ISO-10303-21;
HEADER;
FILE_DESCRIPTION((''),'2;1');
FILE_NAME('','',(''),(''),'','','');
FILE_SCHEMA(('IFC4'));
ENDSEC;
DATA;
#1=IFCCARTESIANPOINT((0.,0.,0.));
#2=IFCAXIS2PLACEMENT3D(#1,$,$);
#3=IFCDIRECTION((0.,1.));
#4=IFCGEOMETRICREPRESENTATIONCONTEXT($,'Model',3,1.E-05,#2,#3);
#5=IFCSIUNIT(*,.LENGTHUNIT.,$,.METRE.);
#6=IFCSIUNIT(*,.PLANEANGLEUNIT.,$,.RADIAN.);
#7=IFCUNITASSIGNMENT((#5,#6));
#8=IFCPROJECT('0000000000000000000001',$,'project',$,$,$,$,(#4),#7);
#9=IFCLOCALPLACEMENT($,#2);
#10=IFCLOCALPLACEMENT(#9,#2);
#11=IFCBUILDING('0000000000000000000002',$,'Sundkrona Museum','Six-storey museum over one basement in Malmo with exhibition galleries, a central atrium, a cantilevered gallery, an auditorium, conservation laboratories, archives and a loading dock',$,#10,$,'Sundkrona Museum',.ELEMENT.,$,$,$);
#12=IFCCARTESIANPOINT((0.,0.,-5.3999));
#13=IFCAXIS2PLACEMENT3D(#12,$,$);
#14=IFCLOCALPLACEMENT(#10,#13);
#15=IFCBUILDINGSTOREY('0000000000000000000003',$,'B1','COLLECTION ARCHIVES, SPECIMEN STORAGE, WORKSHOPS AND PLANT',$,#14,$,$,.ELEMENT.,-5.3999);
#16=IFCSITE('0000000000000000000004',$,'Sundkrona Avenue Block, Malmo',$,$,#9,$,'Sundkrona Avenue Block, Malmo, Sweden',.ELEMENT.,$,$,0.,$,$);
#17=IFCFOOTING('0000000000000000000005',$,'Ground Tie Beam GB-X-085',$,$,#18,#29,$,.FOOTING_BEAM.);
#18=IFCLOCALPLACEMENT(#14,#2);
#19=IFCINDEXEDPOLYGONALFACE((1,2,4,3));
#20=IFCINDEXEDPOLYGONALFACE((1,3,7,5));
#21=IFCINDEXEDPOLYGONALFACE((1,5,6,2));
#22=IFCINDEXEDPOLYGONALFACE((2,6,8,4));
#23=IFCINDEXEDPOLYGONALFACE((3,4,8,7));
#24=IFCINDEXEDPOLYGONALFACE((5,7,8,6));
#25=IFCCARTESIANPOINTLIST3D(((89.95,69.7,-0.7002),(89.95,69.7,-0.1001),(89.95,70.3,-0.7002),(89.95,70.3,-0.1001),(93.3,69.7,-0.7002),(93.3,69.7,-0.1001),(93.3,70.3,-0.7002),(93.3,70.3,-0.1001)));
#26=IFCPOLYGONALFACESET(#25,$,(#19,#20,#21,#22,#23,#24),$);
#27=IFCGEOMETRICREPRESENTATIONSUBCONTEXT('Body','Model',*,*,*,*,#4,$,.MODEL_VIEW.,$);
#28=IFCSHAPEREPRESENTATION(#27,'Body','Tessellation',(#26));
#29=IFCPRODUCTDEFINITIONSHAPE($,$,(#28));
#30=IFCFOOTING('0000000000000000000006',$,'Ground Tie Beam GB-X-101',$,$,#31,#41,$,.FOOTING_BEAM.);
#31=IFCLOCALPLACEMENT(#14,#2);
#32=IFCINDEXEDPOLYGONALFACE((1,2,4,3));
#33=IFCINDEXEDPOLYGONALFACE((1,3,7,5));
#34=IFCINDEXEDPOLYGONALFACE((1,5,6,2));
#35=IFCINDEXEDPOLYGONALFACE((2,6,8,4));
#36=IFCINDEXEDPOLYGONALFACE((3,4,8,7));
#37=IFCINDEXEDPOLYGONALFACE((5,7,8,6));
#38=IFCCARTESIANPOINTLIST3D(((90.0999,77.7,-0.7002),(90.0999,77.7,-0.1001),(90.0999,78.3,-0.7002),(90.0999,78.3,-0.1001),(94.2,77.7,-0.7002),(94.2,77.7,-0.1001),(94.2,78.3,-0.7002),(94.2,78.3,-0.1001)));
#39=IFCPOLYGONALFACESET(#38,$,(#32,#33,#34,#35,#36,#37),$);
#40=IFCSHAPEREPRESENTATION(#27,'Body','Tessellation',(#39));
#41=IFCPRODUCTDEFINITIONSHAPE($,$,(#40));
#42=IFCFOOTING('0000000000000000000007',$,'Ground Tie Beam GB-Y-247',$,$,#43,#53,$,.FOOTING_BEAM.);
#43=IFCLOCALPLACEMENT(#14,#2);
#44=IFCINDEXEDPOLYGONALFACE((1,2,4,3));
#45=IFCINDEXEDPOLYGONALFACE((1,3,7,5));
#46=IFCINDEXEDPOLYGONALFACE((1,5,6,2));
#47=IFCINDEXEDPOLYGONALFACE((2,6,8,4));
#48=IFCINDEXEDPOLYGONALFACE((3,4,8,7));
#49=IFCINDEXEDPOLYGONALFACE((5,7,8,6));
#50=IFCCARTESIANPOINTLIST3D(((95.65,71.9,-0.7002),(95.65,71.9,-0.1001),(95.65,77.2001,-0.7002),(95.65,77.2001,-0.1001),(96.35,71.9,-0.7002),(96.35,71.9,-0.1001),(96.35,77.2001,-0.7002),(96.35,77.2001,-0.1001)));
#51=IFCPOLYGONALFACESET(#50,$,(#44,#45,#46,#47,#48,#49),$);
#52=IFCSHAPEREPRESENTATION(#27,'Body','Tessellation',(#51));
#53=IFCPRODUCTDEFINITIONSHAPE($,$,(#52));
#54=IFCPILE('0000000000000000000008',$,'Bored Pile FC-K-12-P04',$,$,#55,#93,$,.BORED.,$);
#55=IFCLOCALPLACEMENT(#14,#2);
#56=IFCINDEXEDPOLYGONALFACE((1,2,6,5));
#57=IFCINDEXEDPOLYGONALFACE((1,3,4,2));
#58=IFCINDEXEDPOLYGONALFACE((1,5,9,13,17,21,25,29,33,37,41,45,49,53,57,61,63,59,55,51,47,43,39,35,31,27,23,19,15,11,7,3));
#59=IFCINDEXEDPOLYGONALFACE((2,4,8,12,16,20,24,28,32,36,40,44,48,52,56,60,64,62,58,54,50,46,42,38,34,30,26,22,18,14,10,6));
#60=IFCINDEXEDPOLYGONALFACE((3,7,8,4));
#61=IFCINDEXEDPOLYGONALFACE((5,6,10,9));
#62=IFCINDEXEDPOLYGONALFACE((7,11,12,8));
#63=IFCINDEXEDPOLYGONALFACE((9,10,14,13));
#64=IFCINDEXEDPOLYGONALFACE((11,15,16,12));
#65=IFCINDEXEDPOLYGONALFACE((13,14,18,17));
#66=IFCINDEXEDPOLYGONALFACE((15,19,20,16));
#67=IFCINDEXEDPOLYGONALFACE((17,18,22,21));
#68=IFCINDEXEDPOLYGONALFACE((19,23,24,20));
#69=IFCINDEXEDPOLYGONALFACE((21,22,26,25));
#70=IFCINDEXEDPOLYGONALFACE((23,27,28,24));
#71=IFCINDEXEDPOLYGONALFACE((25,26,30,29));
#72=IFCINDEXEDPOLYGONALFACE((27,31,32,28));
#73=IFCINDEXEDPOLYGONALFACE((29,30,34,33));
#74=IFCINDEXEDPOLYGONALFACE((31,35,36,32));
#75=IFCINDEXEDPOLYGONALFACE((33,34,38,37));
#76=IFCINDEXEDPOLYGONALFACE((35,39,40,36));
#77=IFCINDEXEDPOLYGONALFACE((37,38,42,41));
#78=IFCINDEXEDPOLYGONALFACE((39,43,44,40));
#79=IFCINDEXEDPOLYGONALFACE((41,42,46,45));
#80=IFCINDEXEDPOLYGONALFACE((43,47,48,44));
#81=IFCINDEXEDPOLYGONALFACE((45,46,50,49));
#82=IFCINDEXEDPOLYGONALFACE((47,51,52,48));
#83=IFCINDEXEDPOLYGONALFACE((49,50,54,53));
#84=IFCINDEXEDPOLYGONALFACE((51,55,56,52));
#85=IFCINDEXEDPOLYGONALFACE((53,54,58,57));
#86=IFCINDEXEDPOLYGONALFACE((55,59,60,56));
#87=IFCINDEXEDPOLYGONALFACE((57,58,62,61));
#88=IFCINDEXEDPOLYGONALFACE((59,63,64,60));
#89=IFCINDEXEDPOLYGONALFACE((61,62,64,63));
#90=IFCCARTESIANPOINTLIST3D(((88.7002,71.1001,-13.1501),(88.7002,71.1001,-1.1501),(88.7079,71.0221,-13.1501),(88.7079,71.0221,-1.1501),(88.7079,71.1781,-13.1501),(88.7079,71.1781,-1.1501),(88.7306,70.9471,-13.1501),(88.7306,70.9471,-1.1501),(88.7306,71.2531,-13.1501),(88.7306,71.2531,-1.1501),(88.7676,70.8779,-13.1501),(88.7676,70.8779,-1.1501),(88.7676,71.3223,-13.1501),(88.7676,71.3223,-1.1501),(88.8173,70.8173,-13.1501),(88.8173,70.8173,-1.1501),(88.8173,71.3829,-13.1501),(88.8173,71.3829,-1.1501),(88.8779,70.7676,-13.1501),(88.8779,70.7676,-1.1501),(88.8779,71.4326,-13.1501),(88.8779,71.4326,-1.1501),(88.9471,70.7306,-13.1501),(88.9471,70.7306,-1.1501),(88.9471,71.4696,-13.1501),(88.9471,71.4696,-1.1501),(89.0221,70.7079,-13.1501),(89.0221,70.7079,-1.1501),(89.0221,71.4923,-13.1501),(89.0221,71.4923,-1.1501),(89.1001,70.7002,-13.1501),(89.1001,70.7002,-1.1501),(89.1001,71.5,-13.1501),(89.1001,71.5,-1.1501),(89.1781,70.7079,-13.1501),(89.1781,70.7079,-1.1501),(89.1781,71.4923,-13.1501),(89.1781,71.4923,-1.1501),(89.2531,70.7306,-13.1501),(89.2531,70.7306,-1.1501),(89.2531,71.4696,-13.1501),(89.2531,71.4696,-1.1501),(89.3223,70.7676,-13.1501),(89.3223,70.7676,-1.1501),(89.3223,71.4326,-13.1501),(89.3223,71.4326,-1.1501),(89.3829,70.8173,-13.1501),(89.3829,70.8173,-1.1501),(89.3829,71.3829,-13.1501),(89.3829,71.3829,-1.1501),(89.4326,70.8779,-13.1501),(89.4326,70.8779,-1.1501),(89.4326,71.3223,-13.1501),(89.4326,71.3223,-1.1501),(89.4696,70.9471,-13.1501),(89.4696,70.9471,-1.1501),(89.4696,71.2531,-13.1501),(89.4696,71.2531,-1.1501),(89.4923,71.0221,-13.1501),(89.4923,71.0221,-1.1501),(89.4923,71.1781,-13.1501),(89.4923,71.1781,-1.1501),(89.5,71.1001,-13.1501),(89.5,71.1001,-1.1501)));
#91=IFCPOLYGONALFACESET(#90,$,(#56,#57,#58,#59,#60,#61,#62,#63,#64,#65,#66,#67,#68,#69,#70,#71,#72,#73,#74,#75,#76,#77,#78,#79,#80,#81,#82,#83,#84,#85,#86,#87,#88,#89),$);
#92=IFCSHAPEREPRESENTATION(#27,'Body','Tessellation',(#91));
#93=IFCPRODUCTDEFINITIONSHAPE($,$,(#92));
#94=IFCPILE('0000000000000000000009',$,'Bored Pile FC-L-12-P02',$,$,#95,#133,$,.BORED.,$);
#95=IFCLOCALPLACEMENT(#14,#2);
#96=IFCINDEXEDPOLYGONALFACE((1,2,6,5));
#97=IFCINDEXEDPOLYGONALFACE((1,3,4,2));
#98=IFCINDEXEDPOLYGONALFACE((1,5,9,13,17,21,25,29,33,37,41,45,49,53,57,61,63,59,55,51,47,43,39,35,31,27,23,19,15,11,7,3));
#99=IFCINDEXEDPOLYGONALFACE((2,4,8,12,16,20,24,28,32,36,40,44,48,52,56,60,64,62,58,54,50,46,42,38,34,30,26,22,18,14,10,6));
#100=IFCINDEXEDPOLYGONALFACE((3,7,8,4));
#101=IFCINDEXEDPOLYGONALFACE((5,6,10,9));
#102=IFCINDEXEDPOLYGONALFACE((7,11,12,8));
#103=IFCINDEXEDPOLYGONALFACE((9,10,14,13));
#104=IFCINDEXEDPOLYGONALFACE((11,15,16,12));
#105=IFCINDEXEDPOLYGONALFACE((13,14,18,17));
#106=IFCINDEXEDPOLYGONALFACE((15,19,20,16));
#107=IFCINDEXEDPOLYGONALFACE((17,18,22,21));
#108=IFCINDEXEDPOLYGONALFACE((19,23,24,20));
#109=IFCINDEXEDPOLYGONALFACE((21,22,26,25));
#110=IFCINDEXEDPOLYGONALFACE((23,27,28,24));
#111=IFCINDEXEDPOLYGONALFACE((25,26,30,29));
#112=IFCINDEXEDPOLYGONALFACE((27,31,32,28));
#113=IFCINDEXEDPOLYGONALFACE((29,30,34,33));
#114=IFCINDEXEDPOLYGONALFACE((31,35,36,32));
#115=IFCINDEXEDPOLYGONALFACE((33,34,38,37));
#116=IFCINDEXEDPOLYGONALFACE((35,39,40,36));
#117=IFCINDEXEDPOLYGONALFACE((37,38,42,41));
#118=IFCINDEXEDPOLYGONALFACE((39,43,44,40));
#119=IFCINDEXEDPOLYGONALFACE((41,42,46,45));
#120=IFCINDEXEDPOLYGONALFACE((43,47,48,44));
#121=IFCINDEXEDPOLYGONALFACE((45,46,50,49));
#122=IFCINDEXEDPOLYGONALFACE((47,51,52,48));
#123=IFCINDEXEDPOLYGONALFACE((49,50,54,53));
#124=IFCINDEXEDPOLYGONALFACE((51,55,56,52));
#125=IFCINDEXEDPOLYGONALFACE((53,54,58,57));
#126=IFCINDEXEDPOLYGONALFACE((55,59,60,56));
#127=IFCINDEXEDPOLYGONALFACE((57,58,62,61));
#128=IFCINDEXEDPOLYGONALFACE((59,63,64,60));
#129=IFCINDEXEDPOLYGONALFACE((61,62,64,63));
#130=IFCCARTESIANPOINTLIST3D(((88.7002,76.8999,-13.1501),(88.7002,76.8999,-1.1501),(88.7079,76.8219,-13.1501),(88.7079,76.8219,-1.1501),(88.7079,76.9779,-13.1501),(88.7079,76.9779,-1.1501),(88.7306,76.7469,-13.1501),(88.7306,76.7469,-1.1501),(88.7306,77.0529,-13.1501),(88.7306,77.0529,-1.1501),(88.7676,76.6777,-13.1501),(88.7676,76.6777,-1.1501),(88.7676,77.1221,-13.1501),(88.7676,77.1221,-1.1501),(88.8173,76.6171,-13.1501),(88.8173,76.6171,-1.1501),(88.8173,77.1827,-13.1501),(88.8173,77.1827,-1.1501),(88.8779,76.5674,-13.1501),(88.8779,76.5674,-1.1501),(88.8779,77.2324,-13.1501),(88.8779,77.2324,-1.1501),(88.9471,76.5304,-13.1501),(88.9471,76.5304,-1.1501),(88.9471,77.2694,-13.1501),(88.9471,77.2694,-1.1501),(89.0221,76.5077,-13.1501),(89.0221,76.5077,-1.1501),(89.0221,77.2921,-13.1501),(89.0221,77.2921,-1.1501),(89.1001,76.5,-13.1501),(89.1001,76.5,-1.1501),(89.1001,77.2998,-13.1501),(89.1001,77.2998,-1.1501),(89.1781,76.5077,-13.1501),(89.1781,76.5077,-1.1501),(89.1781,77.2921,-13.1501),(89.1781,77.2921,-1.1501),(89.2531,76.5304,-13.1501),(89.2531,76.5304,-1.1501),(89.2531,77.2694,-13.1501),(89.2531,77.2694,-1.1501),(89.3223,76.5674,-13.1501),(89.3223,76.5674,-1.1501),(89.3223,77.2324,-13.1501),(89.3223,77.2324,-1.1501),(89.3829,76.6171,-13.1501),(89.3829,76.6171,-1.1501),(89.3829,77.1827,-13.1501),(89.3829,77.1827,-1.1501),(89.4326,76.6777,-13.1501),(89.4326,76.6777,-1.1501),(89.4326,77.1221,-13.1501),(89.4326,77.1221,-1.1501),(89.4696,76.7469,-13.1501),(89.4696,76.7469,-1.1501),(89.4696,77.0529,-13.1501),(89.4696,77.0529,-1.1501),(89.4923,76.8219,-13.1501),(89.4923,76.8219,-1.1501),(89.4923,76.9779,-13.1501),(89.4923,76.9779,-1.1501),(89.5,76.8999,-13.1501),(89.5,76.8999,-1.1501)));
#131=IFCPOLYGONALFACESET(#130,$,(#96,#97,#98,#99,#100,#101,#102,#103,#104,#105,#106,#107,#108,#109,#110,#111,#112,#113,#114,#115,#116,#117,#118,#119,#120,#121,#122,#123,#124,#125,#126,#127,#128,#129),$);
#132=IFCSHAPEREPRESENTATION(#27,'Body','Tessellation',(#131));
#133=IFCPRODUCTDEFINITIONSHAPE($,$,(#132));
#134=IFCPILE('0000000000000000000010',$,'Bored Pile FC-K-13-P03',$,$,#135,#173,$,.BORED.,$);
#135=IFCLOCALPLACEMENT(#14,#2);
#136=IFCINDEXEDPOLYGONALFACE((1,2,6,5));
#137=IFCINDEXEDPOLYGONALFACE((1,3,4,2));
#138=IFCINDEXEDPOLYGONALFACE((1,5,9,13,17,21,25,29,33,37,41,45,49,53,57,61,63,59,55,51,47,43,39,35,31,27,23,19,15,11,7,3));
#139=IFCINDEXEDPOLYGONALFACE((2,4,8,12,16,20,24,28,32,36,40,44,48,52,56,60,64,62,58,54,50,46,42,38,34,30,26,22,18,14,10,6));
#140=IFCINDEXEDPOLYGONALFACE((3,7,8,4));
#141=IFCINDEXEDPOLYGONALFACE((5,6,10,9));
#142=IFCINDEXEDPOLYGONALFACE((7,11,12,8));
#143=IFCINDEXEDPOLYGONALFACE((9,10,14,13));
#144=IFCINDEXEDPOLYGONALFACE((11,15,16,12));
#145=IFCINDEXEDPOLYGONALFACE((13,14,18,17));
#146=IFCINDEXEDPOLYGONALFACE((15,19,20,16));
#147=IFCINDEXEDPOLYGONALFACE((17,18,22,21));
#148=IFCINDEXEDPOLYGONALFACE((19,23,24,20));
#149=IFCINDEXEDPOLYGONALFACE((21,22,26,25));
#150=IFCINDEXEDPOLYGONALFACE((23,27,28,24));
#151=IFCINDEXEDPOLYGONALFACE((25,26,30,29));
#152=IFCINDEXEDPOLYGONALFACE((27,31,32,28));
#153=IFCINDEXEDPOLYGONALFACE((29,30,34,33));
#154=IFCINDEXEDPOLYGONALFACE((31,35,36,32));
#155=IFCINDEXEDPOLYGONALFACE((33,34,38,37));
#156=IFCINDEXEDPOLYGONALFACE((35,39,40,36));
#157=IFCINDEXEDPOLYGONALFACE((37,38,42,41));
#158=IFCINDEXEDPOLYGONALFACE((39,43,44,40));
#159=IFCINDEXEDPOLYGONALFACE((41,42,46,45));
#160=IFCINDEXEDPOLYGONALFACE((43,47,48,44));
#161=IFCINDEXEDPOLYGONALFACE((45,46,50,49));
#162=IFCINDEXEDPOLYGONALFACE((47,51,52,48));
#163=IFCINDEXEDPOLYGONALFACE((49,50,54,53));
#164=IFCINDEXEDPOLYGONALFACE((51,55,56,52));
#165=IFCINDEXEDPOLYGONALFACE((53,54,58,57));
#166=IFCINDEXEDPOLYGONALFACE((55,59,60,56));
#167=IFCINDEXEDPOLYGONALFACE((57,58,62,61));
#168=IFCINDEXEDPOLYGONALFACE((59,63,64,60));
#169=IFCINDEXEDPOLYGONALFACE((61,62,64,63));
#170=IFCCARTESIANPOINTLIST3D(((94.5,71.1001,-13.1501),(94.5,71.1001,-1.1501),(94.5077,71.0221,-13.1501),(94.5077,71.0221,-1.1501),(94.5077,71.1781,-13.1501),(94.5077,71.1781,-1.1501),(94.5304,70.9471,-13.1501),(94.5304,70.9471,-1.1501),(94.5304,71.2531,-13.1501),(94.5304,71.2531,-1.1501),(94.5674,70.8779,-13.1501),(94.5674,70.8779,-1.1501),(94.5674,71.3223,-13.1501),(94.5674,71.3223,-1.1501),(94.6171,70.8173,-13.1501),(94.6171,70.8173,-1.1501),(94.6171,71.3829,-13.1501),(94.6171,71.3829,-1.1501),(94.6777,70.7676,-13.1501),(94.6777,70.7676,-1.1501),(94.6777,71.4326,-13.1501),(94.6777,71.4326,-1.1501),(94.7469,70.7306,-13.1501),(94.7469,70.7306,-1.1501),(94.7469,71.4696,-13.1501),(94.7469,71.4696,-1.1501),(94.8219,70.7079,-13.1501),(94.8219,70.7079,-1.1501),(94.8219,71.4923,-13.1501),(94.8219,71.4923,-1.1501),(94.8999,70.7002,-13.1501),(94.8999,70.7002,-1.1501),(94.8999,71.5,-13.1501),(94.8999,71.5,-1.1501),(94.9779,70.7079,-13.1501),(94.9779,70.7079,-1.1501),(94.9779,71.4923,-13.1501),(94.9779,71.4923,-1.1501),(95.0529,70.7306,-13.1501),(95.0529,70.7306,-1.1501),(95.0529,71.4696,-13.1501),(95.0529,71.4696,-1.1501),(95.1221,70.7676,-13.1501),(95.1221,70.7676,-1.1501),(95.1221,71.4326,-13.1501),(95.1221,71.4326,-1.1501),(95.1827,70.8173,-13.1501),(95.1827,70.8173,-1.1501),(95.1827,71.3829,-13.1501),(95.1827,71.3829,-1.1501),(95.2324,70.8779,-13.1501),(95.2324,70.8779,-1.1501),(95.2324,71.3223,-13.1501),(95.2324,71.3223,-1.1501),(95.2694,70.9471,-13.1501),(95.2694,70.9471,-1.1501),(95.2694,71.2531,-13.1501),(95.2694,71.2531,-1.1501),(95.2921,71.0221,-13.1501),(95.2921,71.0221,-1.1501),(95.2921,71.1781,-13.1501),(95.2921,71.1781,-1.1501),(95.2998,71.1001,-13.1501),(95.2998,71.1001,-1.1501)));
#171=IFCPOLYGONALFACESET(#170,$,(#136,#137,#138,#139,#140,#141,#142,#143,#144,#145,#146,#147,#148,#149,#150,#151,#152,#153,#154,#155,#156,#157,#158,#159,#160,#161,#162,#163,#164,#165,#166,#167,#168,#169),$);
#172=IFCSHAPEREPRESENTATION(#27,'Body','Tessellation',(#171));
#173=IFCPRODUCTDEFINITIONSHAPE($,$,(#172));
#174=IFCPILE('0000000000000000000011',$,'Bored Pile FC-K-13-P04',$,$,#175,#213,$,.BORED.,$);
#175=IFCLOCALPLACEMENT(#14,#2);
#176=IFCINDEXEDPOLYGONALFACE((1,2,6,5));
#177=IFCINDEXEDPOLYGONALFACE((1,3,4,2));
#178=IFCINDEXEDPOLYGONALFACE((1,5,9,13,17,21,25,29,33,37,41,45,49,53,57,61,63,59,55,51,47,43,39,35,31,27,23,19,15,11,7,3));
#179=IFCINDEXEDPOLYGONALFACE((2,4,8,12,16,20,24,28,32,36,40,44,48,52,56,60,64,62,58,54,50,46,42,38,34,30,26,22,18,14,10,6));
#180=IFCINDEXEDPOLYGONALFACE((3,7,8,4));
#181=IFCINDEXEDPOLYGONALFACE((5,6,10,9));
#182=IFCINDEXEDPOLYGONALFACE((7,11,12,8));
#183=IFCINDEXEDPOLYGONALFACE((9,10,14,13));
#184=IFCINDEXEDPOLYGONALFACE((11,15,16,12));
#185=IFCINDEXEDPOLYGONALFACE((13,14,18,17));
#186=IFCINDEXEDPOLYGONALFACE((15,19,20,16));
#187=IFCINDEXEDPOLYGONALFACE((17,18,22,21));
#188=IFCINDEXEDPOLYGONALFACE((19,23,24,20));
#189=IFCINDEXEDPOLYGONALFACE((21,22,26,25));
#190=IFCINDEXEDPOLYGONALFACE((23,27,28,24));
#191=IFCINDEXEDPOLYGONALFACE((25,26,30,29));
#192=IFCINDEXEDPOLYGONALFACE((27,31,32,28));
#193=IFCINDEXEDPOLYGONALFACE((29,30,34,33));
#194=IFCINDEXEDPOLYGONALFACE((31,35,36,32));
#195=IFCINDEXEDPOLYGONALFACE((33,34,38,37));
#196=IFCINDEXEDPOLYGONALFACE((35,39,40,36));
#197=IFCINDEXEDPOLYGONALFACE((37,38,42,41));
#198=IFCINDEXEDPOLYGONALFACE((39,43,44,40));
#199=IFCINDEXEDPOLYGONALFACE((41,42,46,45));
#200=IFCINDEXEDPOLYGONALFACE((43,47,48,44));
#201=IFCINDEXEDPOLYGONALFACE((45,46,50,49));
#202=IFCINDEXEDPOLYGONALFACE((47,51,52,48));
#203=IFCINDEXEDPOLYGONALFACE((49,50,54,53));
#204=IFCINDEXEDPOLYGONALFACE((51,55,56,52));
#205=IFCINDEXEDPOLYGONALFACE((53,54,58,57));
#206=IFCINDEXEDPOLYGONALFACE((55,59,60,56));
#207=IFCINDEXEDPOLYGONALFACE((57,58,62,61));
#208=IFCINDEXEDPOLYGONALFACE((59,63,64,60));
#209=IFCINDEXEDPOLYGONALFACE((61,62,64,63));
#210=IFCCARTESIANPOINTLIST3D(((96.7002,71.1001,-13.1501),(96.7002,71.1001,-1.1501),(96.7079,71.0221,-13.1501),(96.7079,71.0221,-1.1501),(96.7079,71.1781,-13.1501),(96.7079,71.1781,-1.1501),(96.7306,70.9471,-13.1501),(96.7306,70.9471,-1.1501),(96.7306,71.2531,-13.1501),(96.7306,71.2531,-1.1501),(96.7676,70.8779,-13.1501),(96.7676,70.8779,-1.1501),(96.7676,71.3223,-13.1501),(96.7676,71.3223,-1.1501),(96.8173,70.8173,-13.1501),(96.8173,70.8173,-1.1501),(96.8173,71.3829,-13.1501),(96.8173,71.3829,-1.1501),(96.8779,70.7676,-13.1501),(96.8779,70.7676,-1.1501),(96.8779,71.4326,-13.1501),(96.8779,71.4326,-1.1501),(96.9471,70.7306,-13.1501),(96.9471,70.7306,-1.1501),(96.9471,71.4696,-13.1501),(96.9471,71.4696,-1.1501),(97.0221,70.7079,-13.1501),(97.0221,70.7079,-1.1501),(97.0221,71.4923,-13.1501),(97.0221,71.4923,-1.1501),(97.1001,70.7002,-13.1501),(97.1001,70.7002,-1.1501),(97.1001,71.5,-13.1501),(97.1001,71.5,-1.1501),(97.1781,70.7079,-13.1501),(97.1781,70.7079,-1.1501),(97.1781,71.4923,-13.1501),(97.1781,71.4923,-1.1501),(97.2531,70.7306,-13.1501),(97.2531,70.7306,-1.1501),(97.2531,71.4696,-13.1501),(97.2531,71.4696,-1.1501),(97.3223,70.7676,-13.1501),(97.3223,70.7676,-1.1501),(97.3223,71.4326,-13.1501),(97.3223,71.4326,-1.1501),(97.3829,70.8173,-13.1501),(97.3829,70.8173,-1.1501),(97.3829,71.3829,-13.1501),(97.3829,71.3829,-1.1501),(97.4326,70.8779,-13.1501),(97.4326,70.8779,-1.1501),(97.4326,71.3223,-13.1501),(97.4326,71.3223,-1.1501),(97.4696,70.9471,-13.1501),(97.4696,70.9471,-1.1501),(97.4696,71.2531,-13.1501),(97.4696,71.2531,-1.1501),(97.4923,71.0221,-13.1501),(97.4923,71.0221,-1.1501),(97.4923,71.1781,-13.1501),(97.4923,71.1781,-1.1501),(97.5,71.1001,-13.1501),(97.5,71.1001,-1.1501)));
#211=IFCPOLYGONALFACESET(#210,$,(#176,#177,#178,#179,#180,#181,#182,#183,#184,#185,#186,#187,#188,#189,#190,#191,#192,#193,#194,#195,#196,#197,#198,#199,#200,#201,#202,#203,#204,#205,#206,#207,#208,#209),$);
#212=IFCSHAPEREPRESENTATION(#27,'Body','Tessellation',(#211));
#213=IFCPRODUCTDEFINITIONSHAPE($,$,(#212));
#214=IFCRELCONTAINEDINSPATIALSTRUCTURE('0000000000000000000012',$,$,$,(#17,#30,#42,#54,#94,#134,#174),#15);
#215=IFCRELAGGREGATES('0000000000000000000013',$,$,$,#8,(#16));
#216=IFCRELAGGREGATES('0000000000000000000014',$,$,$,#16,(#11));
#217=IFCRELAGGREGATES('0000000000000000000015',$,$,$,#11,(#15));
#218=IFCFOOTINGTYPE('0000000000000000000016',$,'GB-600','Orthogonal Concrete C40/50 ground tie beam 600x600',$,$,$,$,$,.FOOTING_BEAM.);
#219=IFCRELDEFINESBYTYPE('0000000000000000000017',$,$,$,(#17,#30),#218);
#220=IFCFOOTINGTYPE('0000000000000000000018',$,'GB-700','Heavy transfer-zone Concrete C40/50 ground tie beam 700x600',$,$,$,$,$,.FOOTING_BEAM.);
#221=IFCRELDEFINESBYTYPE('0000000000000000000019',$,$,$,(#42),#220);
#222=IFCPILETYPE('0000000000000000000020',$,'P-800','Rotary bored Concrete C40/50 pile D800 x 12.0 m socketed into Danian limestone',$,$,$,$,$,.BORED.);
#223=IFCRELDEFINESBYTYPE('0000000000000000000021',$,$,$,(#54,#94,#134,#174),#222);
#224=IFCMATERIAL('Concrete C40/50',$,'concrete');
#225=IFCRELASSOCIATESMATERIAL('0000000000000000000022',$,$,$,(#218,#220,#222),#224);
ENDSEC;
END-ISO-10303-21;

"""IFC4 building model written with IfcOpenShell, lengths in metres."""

from ifc_helpers import new_model, si_unit, direction, frame, origin, origin_2d, place, context, subcontext, project, spatial, rectangle, circle, extrude, material, material_profile, profile_set, type_object, element, save


model = new_model("IFC4")

# Units and contexts
model_context = context("Model", 3, precision=1e-05, world=origin(), true_north=direction((0.0, 1.0)))
body_context = subcontext(model_context, "Body", "Model", "MODEL_VIEW")
ifc_project = project(units=[si_unit("LENGTHUNIT", "METRE"), si_unit("PLANEANGLEUNIT", "RADIAN")], contexts=[model_context])

# Site, building, storey
site_placement = place(None, origin())
site = spatial("IfcSite", under=ifc_project, at=site_placement, Name="Sundkrona Avenue Block, Malmo", LongName="Sundkrona Avenue Block, Malmo, Sweden", CompositionType="ELEMENT", RefElevation=0.0)
building_placement = place(site_placement, origin())
building = spatial("IfcBuilding", under=site, at=building_placement, Name="Sundkrona Museum", Description="Six-storey museum over one basement in Malmo with exhibition galleries, a central atrium, a cantilevered gallery, an auditorium, conservation laboratories, archives and a loading dock", LongName="Sundkrona Museum", CompositionType="ELEMENT")
storey_placement = place(building_placement, frame((0.0, 0.0, -5.3999)))
storey = spatial("IfcBuildingStorey", under=building, at=storey_placement, Name="B1", Description="COLLECTION ARCHIVES, SPECIMEN STORAGE, WORKSHOPS AND PLANT", CompositionType="ELEMENT", Elevation=-5.3999)

# Footings
ifc_material_1 = material(Name="Concrete C40/50", Category="concrete")
footing_type_1 = type_object("IfcFootingType", Name="GB-600", Description="Orthogonal Concrete C40/50 ground tie beam 600x600", PredefinedType="FOOTING_BEAM", material=ifc_material_1)
footing_1_placement = place(storey_placement, frame((91.625, 70.0, -0.7002), z_axis=(0.0, 0.0, 1.0), x_axis=(1.0, 0.0, 0.0)))
element("IfcFooting", 1, at=footing_1_placement, inside=storey, type_object=footing_type_1, Name="Ground Tie Beam GB-X-085", PredefinedType="FOOTING_BEAM", context=body_context, shape_type="SweptSolid", body=[
    extrude(rectangle(XDim=3.3501, YDim=0.6001, at=origin_2d()), origin(), (0.0, 0.0, 1.0), 0.6001),
])
footing_2_placement = place(storey_placement, frame((92.1499, 78.0, -0.7002), z_axis=(0.0, 0.0, 1.0), x_axis=(1.0, 0.0, 0.0)))
element("IfcFooting", 2, at=footing_2_placement, inside=storey, type_object=footing_type_1, Name="Ground Tie Beam GB-X-101", PredefinedType="FOOTING_BEAM", context=body_context, shape_type="SweptSolid", body=[
    extrude(rectangle(XDim=4.1001, YDim=0.6001, at=origin_2d()), origin(), (0.0, 0.0, 1.0), 0.6001),
])
footing_type_2 = type_object("IfcFootingType", Name="GB-700", Description="Heavy transfer-zone Concrete C40/50 ground tie beam 700x600", PredefinedType="FOOTING_BEAM", material=ifc_material_1)
footing_3_placement = place(storey_placement, frame((96.0, 74.55, -0.7002), z_axis=(0.0, 0.0, 1.0), x_axis=(0.0, 1.0, 0.0)))
element("IfcFooting", 3, at=footing_3_placement, inside=storey, type_object=footing_type_2, Name="Ground Tie Beam GB-Y-247", PredefinedType="FOOTING_BEAM", context=body_context, shape_type="SweptSolid", body=[
    extrude(rectangle(XDim=5.3, YDim=0.7, at=origin_2d()), origin(), (0.0, 0.0, 1.0), 0.6001),
])

# Piles
ifc_material_profile_1 = material_profile(ifc_material_1, circle(Radius=0.3999, at=origin_2d()), Name="PILE D800")
ifc_profile_set_1 = profile_set([ifc_material_profile_1], Name="Concrete C40/50")
pile_type = type_object("IfcPileType", Name="P-800", Description="Rotary bored Concrete C40/50 pile D800 x 12.0 m socketed into Danian limestone", PredefinedType="BORED", material=ifc_profile_set_1)
for number, where, z_axis, x_axis, name in (
    (4, (89.1001, 71.1001, -1.1501), (0.0, 0.0, -1.0), (1.0, 0.0, 0.0), "Bored Pile FC-K-12-P04"),
    (5, (89.1001, 76.8999, -1.1501), (0.0, 0.0, -1.0), (1.0, 0.0, 0.0), "Bored Pile FC-L-12-P02"),
    (6, (94.8999, 71.1001, -1.1501), (0.0, 0.0, -1.0), (1.0, 0.0, 0.0), "Bored Pile FC-K-13-P03"),
    (7, (97.1001, 71.1001, -1.1501), (0.0, 0.0, -1.0), (1.0, 0.0, 0.0), "Bored Pile FC-K-13-P04"),
):
    element("IfcPile", number, at=place(storey_placement, frame(where, z_axis=z_axis, x_axis=x_axis)), inside=storey, type_object=pile_type, Name=name, PredefinedType="BORED", context=body_context, shape_type="SweptSolid", body=[
        extrude(circle(Radius=0.3999, at=origin_2d()), origin(), (0.0, 0.0, 1.0), 12.0),
    ])

save(model, "model.ifc")
